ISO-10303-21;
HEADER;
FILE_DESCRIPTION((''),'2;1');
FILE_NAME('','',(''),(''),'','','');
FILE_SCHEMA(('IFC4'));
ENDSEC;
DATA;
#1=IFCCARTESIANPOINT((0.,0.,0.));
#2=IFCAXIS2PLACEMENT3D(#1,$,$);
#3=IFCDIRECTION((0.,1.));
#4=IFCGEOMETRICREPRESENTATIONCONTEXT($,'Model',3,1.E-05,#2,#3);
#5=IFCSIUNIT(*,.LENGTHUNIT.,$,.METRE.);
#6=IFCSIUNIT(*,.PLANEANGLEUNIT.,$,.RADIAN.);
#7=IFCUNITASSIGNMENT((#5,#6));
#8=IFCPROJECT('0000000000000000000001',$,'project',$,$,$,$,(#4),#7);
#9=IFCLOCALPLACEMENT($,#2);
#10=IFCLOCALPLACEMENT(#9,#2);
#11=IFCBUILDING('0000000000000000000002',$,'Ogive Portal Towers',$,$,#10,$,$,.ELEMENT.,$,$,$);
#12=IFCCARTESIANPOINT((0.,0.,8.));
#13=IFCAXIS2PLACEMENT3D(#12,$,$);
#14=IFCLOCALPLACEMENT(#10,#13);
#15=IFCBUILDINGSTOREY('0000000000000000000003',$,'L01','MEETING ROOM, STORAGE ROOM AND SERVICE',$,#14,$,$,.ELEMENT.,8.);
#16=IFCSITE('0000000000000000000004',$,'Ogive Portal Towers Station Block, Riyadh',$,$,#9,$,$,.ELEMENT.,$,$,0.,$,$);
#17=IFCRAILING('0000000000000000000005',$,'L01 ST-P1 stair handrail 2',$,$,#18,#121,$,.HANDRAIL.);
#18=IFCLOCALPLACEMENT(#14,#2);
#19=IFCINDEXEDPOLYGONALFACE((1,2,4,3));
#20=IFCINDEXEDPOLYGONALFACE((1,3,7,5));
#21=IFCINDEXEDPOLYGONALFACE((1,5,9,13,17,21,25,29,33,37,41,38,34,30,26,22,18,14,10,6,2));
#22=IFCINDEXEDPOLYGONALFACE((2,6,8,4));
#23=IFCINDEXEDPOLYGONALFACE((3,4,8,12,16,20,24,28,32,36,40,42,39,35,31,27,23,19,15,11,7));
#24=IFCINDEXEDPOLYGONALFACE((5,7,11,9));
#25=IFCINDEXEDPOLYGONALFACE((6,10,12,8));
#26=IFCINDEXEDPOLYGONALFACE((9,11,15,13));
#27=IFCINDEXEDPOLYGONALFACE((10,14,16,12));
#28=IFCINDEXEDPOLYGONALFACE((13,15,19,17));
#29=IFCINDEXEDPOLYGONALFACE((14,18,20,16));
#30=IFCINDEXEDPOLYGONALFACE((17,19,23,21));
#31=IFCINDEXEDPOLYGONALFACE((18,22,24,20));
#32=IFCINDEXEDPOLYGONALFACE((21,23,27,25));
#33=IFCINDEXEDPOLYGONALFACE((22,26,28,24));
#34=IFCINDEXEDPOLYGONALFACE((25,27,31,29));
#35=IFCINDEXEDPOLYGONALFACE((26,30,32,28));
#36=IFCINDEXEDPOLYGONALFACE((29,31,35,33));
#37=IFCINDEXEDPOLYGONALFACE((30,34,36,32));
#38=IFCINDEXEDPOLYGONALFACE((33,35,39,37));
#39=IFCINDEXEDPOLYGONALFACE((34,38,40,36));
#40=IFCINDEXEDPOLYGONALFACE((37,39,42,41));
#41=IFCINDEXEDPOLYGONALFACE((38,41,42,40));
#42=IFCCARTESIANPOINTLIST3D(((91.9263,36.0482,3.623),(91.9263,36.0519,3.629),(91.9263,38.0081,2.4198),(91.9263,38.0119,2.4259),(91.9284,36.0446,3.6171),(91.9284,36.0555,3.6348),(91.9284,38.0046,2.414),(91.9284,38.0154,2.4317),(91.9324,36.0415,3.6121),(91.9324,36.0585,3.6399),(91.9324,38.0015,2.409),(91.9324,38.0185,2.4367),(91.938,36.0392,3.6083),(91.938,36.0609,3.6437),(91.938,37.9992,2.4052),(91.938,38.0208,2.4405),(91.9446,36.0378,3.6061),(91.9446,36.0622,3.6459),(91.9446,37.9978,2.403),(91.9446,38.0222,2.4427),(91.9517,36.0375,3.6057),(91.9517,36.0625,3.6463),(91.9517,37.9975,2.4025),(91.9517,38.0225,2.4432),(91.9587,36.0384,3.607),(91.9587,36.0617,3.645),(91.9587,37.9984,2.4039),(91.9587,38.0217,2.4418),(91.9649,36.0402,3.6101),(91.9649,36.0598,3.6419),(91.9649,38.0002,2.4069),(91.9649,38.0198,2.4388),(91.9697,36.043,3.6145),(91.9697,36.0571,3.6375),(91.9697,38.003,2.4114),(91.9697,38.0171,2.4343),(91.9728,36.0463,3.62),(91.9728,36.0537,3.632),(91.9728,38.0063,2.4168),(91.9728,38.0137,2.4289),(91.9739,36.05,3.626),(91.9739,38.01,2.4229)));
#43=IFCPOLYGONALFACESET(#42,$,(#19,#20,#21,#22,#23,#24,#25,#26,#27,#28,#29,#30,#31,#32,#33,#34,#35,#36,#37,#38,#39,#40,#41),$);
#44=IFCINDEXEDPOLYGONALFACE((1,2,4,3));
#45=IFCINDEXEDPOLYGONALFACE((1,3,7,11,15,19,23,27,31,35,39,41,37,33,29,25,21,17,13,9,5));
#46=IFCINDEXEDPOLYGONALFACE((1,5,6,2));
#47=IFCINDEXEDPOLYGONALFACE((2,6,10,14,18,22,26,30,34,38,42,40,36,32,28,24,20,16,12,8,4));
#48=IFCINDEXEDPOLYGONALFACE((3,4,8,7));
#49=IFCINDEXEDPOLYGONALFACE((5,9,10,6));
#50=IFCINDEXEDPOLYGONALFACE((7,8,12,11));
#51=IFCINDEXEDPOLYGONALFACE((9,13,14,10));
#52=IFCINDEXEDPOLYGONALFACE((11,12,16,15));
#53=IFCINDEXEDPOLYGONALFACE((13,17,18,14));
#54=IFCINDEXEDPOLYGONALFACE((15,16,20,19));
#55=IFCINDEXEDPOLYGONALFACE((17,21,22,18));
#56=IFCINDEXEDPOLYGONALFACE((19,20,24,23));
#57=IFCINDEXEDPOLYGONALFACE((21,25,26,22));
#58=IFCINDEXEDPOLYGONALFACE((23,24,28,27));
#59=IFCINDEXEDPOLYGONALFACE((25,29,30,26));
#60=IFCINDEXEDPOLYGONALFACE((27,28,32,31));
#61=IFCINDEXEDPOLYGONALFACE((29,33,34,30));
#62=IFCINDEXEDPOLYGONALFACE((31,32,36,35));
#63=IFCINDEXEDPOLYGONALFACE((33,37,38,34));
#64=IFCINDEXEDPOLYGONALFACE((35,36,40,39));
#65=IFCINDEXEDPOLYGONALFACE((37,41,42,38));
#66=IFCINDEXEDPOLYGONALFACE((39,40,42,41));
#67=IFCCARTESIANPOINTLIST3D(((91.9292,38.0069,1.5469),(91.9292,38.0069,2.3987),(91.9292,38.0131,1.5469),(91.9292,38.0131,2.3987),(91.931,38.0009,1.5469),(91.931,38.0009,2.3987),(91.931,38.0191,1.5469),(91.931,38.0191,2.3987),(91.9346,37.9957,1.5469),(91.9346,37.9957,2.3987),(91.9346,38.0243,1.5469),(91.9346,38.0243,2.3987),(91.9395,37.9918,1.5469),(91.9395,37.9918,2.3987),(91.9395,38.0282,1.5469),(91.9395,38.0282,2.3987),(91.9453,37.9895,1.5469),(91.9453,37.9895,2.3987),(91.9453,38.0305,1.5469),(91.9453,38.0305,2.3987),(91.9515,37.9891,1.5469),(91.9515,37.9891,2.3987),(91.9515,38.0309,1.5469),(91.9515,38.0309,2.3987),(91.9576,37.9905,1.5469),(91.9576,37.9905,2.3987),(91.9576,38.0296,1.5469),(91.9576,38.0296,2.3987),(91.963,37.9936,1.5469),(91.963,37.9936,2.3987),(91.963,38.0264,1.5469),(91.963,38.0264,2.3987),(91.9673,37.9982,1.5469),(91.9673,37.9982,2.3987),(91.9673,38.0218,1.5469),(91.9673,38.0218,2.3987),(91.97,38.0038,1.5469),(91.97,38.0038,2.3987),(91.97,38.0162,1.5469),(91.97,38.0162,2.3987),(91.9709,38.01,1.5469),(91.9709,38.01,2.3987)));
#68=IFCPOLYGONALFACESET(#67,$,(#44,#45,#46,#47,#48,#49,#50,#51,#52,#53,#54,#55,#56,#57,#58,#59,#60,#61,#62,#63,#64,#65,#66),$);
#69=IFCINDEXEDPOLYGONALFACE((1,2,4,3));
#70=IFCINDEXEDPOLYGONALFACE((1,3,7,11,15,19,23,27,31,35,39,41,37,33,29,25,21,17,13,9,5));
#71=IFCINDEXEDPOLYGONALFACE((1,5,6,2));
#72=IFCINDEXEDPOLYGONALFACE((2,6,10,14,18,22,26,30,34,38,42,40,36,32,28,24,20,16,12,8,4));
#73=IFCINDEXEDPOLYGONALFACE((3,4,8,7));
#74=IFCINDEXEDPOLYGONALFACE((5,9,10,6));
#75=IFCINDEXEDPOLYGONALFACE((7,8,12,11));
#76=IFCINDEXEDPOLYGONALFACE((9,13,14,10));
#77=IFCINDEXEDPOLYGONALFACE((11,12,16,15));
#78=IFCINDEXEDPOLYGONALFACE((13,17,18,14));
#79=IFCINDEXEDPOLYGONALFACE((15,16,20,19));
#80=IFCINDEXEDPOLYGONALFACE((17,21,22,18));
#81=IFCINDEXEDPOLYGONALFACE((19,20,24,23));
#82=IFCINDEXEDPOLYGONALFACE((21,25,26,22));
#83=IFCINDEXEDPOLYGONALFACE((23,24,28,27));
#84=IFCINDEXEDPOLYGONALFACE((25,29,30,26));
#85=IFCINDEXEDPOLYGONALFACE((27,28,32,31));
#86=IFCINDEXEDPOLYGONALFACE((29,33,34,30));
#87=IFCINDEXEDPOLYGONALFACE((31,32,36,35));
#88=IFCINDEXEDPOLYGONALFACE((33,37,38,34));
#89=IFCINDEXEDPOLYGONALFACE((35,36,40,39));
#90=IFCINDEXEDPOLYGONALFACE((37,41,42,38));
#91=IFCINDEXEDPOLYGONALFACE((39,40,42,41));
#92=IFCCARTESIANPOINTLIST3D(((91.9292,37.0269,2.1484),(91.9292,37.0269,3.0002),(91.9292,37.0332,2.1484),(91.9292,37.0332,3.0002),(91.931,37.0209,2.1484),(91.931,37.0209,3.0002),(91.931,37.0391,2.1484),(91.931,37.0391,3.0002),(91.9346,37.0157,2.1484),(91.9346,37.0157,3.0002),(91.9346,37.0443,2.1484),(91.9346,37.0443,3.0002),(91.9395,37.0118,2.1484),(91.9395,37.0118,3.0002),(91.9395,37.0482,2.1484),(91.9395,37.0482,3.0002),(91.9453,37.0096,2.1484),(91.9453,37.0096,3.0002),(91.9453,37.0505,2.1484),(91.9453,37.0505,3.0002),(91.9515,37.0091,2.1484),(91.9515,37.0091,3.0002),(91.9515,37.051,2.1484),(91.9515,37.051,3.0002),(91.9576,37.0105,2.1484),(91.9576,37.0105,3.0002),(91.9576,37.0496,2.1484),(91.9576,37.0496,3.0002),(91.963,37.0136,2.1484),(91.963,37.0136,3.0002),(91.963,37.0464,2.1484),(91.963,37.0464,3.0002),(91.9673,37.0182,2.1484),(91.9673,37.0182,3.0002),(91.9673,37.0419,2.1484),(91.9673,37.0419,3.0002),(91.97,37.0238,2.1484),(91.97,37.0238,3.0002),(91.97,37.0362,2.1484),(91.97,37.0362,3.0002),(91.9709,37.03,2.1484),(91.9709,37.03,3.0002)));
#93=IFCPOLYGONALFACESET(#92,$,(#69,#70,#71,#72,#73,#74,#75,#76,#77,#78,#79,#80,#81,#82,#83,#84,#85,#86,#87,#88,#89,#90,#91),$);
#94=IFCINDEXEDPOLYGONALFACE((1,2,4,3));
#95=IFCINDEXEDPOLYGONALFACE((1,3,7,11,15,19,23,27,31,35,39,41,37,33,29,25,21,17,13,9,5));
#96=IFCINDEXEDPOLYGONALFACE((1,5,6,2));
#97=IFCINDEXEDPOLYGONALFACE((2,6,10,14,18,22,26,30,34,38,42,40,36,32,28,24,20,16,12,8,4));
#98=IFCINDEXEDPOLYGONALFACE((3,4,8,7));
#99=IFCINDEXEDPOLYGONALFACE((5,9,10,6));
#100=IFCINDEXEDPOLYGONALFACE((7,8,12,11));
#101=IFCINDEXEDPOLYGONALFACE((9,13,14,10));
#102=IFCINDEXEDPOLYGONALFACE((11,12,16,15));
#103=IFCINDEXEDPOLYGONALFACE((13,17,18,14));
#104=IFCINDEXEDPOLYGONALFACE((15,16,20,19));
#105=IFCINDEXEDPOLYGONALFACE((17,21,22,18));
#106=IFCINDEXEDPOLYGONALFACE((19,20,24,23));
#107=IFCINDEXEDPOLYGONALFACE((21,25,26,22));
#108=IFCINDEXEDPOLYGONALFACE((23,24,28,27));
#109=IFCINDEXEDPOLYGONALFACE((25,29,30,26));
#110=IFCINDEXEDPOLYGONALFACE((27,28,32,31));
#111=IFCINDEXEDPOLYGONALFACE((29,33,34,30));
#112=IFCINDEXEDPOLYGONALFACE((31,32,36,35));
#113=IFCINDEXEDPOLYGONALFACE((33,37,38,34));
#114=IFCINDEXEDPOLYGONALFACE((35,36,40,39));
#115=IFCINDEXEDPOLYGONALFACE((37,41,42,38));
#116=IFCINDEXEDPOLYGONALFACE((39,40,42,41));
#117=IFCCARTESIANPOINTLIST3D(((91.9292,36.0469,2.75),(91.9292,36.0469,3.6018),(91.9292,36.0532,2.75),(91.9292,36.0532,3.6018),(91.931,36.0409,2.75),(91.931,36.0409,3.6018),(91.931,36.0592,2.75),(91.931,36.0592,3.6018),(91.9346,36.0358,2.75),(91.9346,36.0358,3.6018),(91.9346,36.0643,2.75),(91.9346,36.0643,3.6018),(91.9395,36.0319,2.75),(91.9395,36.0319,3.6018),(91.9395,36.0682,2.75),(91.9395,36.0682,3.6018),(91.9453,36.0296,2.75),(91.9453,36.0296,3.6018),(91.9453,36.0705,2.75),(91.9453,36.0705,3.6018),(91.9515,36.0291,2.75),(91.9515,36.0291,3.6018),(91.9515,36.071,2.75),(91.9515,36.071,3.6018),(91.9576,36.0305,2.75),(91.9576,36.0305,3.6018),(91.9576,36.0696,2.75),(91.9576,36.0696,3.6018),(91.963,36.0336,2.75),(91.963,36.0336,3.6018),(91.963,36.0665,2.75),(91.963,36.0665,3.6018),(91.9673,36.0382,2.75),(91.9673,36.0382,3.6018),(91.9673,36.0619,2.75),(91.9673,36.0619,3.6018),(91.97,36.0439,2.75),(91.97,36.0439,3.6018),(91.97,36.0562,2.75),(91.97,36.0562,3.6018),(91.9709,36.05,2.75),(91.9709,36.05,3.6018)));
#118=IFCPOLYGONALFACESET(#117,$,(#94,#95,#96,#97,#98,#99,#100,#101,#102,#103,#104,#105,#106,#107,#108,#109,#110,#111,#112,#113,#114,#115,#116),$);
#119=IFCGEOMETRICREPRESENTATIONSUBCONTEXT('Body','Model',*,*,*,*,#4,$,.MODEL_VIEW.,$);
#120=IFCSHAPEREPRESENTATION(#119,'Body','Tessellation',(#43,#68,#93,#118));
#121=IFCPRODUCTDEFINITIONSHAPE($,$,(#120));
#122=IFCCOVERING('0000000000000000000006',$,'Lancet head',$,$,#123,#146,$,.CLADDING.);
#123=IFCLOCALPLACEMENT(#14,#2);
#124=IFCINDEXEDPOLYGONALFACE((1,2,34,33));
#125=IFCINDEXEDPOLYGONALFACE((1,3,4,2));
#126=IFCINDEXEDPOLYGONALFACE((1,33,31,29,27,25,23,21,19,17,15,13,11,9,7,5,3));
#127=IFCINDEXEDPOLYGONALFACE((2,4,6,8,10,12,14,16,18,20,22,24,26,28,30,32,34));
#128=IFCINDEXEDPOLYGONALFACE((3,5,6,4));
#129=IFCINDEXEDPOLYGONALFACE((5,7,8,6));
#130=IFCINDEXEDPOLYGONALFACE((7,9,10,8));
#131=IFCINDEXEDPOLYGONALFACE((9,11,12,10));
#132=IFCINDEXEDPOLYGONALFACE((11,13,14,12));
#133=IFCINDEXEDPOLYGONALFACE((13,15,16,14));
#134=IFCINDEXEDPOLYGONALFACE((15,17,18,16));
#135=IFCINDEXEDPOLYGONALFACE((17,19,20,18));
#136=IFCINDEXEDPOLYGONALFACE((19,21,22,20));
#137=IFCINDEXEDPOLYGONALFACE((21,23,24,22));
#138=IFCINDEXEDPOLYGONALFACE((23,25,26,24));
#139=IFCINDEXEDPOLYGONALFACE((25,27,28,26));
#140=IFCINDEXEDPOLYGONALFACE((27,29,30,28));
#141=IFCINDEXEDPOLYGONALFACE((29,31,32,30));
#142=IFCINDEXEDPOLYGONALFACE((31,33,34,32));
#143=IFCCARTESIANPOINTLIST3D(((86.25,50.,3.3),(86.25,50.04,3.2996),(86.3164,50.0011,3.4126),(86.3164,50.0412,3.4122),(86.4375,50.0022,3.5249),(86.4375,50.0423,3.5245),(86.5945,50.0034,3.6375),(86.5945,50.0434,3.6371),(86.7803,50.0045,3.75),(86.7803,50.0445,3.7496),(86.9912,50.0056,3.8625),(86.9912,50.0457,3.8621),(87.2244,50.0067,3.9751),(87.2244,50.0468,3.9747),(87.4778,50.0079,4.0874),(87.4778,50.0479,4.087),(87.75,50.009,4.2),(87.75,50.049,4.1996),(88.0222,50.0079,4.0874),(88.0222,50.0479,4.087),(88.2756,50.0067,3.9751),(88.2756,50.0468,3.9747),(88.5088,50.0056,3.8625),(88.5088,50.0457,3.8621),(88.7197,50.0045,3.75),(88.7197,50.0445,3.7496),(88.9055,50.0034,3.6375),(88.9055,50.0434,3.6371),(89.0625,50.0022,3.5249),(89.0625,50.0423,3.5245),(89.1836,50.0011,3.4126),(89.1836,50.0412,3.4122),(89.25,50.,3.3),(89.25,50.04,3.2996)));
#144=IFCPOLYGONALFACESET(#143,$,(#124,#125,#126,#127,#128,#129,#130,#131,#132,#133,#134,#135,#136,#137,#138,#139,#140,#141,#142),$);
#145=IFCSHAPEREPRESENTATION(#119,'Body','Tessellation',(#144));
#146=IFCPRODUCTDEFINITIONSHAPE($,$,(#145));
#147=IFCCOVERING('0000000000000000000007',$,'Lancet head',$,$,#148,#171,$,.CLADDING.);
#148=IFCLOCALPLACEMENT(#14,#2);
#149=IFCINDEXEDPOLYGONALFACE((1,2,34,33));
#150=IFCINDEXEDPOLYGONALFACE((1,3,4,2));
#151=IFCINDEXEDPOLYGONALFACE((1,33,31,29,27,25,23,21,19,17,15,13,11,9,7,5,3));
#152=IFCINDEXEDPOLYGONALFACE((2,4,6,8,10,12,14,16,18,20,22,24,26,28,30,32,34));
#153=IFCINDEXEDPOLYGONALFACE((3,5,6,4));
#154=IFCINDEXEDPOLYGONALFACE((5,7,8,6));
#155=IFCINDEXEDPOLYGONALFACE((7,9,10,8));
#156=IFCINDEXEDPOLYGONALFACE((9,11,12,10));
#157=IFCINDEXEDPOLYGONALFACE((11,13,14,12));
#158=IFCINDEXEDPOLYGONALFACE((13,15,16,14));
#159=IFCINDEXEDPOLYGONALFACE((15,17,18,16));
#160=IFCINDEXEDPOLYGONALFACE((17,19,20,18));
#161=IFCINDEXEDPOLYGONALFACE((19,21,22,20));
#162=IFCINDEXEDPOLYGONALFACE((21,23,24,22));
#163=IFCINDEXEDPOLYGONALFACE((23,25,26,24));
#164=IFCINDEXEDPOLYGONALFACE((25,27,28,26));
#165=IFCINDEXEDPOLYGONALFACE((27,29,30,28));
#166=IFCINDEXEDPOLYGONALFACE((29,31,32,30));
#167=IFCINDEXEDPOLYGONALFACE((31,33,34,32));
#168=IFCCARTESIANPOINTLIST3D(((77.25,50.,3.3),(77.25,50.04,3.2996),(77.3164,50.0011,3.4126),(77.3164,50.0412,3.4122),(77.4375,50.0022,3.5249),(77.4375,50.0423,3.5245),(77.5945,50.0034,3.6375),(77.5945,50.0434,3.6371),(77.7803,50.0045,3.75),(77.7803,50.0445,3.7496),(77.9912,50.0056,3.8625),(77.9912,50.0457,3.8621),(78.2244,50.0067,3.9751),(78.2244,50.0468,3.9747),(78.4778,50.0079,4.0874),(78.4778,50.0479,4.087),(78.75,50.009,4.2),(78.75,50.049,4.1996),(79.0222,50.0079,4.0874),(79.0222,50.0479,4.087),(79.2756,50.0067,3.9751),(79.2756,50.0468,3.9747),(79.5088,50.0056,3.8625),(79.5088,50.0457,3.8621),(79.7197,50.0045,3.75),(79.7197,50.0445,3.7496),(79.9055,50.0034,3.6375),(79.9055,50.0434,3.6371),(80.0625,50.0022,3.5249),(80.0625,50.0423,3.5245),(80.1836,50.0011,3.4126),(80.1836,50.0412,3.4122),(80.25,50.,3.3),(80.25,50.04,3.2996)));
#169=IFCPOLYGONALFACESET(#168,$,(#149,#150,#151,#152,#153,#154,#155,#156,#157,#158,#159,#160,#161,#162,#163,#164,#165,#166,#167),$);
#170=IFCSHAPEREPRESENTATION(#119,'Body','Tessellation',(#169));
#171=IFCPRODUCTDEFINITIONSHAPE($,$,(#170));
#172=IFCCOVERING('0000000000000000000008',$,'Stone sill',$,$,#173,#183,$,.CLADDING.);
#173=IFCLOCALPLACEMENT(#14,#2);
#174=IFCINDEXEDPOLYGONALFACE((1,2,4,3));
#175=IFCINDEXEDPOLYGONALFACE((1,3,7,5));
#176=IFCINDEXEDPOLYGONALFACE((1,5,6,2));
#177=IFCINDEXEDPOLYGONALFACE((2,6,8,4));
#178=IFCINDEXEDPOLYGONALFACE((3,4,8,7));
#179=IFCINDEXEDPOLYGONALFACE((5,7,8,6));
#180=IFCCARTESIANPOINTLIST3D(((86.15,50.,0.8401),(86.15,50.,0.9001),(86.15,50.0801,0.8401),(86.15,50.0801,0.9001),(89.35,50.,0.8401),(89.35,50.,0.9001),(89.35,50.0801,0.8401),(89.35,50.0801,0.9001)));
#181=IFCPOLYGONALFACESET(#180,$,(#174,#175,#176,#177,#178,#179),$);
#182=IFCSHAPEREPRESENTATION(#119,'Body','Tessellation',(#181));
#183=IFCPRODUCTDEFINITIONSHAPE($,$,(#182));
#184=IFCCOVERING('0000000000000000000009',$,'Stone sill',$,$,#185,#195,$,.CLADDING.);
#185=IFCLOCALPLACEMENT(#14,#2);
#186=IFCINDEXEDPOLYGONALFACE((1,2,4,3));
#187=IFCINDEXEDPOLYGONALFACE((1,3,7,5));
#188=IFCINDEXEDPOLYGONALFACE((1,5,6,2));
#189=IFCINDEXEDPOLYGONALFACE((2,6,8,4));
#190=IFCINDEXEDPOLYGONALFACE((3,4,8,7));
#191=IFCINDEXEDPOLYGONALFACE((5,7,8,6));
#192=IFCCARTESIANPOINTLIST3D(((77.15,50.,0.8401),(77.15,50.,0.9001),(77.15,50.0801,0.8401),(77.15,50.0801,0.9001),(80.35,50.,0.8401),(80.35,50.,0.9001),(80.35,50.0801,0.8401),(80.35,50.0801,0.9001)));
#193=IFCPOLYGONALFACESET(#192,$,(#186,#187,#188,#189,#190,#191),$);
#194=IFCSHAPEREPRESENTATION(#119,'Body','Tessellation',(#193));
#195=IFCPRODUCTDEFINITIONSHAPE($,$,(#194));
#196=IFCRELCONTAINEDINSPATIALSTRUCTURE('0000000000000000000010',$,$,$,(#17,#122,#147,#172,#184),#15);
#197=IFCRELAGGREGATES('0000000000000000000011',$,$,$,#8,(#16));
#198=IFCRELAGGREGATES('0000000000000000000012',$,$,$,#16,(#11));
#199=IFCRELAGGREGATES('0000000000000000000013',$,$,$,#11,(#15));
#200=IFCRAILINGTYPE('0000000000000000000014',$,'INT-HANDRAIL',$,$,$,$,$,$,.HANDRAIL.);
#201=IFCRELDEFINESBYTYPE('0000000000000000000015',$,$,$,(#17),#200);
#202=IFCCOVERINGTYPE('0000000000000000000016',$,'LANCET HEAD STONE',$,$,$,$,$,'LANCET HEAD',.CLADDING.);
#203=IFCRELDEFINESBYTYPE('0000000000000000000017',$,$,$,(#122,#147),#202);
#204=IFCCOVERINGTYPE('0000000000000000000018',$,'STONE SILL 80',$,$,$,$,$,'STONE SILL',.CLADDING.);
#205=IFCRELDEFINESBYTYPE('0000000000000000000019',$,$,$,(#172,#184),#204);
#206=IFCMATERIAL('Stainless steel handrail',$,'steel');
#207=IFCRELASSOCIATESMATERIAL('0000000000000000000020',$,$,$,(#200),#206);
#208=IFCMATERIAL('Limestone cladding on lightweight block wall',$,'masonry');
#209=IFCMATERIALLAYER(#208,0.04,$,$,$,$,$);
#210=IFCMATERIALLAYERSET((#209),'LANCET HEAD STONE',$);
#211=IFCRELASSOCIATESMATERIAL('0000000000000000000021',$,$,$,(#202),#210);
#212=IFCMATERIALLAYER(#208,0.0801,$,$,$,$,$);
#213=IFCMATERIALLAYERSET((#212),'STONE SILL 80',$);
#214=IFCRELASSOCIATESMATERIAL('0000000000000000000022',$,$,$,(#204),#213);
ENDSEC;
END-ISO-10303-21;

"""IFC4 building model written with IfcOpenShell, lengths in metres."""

from ifc_helpers import new_model, si_unit, direction, frame, origin, origin_2d, place, context, subcontext, project, spatial, polyline, rectangle, circle, outline, extrude, material, layer, layer_set, type_object, element, save


model = new_model("IFC4")

# Units and contexts
model_context = context("Model", 3, precision=1e-05, world=origin(), true_north=direction((0.0, 1.0)))
body_context = subcontext(model_context, "Body", "Model", "MODEL_VIEW")
ifc_project = project(units=[si_unit("LENGTHUNIT", "METRE"), si_unit("PLANEANGLEUNIT", "RADIAN")], contexts=[model_context])

# Site, building, storey
site_placement = place(None, origin())
site = spatial("IfcSite", under=ifc_project, at=site_placement, Name="Ogive Portal Towers Station Block, Riyadh", CompositionType="ELEMENT", RefElevation=0.0)
building_placement = place(site_placement, origin())
building = spatial("IfcBuilding", under=site, at=building_placement, Name="Ogive Portal Towers", CompositionType="ELEMENT")
storey_placement = place(building_placement, frame((0.0, 0.0, 8.0)))
storey = spatial("IfcBuildingStorey", under=building, at=storey_placement, Name="L01", Description="MEETING ROOM, STORAGE ROOM AND SERVICE", CompositionType="ELEMENT", Elevation=8.0)

# Railing
ifc_material_1 = material(Name="Stainless steel handrail", Category="steel")
railing_type = type_object("IfcRailingType", Name="INT-HANDRAIL", PredefinedType="HANDRAIL", material=ifc_material_1)
railing_placement = place(storey_placement, frame((91.95, 38.01, 1.5469)))
element("IfcRailing", 1, at=railing_placement, inside=storey, type_object=railing_type, Name="L01 ST-P1 stair handrail 2", PredefinedType="HANDRAIL", context=body_context, shape_type="SweptSolid", body=[
    extrude(circle(Radius=0.0239, at=origin_2d()), frame((0.0, 0.0, 0.876), z_axis=(0.0, -0.852241, 0.523149), x_axis=(1.0, 0.0, 0.0)), (0.0, 0.0, 1.0), 2.2998),
    extrude(circle(Radius=0.021, at=origin_2d()), origin(), (0.0, 0.0, 1.0), 0.8518),
    extrude(circle(Radius=0.021, at=origin_2d()), frame((0.0, -0.98, 0.6016)), (0.0, 0.0, 1.0), 0.8518),
    extrude(circle(Radius=0.021, at=origin_2d()), frame((0.0, -1.96, 1.2031)), (0.0, 0.0, 1.0), 0.8518),
])

# Coverings
ifc_material_2 = material(Name="Limestone cladding on lightweight block wall", Category="masonry")
ifc_layer_1 = layer(ifc_material_2, 0.04)
ifc_layer_set_1 = layer_set([ifc_layer_1], Name="LANCET HEAD STONE")
covering_type_1 = type_object("IfcCoveringType", Name="LANCET HEAD STONE", ElementType="LANCET HEAD", PredefinedType="CLADDING", material=ifc_layer_set_1)
for number, where, z_axis, x_axis, name in (
    (2, (89.25, 50.0, 3.3), (0.0, -0.99995, 0.009994), (-1.0, 0.0, 0.0), "Lancet head"),
    (3, (80.25, 50.0, 3.3), (0.0, -0.99995, 0.009994), (-1.0, 0.0, 0.0), "Lancet head"),
):
    element("IfcCovering", number, at=place(storey_placement, frame(where, z_axis=z_axis, x_axis=x_axis)), inside=storey, type_object=covering_type_1, Name=name, PredefinedType="CLADDING", context=body_context, shape_type="SweptSolid", body=[
        extrude(outline(polyline([(0.0, 0.0), (3.0, 0.0), (2.9336, -0.1126), (2.8125, -0.2249), (2.6555, -0.3374), (2.4697, -0.45), (2.2588, -0.5625), (2.0256, -0.6751), (1.7722, -0.7874), (1.5, -0.8999), (1.2278, -0.7874), (0.9744, -0.6751), (0.7412, -0.5625), (0.5303, -0.45), (0.3445, -0.3374), (0.1875, -0.2249), (0.0664, -0.1126), (0.0, 0.0)])), origin(), (0.0, 0.0, -1.0), 0.04),
    ])
ifc_layer_2 = layer(ifc_material_2, 0.0801)
ifc_layer_set_2 = layer_set([ifc_layer_2], Name="STONE SILL 80")
covering_type_2 = type_object("IfcCoveringType", Name="STONE SILL 80", ElementType="STONE SILL", PredefinedType="CLADDING", material=ifc_layer_set_2)
for number, where, z_axis, x_axis, name in (
    (4, (87.75, 50.04, 0.8401), (0.0, 0.0, 1.0), (-1.0, 0.0, 0.0), "Stone sill"),
    (5, (78.75, 50.04, 0.8401), (0.0, 0.0, 1.0), (-1.0, 0.0, 0.0), "Stone sill"),
):
    element("IfcCovering", number, at=place(storey_placement, frame(where, z_axis=z_axis, x_axis=x_axis)), inside=storey, type_object=covering_type_2, Name=name, PredefinedType="CLADDING", context=body_context, shape_type="SweptSolid", body=[
        extrude(rectangle(XDim=3.2, YDim=0.0801, at=origin_2d()), origin(), (0.0, 0.0, 1.0), 0.0601),
    ])

save(model, "model.ifc")
